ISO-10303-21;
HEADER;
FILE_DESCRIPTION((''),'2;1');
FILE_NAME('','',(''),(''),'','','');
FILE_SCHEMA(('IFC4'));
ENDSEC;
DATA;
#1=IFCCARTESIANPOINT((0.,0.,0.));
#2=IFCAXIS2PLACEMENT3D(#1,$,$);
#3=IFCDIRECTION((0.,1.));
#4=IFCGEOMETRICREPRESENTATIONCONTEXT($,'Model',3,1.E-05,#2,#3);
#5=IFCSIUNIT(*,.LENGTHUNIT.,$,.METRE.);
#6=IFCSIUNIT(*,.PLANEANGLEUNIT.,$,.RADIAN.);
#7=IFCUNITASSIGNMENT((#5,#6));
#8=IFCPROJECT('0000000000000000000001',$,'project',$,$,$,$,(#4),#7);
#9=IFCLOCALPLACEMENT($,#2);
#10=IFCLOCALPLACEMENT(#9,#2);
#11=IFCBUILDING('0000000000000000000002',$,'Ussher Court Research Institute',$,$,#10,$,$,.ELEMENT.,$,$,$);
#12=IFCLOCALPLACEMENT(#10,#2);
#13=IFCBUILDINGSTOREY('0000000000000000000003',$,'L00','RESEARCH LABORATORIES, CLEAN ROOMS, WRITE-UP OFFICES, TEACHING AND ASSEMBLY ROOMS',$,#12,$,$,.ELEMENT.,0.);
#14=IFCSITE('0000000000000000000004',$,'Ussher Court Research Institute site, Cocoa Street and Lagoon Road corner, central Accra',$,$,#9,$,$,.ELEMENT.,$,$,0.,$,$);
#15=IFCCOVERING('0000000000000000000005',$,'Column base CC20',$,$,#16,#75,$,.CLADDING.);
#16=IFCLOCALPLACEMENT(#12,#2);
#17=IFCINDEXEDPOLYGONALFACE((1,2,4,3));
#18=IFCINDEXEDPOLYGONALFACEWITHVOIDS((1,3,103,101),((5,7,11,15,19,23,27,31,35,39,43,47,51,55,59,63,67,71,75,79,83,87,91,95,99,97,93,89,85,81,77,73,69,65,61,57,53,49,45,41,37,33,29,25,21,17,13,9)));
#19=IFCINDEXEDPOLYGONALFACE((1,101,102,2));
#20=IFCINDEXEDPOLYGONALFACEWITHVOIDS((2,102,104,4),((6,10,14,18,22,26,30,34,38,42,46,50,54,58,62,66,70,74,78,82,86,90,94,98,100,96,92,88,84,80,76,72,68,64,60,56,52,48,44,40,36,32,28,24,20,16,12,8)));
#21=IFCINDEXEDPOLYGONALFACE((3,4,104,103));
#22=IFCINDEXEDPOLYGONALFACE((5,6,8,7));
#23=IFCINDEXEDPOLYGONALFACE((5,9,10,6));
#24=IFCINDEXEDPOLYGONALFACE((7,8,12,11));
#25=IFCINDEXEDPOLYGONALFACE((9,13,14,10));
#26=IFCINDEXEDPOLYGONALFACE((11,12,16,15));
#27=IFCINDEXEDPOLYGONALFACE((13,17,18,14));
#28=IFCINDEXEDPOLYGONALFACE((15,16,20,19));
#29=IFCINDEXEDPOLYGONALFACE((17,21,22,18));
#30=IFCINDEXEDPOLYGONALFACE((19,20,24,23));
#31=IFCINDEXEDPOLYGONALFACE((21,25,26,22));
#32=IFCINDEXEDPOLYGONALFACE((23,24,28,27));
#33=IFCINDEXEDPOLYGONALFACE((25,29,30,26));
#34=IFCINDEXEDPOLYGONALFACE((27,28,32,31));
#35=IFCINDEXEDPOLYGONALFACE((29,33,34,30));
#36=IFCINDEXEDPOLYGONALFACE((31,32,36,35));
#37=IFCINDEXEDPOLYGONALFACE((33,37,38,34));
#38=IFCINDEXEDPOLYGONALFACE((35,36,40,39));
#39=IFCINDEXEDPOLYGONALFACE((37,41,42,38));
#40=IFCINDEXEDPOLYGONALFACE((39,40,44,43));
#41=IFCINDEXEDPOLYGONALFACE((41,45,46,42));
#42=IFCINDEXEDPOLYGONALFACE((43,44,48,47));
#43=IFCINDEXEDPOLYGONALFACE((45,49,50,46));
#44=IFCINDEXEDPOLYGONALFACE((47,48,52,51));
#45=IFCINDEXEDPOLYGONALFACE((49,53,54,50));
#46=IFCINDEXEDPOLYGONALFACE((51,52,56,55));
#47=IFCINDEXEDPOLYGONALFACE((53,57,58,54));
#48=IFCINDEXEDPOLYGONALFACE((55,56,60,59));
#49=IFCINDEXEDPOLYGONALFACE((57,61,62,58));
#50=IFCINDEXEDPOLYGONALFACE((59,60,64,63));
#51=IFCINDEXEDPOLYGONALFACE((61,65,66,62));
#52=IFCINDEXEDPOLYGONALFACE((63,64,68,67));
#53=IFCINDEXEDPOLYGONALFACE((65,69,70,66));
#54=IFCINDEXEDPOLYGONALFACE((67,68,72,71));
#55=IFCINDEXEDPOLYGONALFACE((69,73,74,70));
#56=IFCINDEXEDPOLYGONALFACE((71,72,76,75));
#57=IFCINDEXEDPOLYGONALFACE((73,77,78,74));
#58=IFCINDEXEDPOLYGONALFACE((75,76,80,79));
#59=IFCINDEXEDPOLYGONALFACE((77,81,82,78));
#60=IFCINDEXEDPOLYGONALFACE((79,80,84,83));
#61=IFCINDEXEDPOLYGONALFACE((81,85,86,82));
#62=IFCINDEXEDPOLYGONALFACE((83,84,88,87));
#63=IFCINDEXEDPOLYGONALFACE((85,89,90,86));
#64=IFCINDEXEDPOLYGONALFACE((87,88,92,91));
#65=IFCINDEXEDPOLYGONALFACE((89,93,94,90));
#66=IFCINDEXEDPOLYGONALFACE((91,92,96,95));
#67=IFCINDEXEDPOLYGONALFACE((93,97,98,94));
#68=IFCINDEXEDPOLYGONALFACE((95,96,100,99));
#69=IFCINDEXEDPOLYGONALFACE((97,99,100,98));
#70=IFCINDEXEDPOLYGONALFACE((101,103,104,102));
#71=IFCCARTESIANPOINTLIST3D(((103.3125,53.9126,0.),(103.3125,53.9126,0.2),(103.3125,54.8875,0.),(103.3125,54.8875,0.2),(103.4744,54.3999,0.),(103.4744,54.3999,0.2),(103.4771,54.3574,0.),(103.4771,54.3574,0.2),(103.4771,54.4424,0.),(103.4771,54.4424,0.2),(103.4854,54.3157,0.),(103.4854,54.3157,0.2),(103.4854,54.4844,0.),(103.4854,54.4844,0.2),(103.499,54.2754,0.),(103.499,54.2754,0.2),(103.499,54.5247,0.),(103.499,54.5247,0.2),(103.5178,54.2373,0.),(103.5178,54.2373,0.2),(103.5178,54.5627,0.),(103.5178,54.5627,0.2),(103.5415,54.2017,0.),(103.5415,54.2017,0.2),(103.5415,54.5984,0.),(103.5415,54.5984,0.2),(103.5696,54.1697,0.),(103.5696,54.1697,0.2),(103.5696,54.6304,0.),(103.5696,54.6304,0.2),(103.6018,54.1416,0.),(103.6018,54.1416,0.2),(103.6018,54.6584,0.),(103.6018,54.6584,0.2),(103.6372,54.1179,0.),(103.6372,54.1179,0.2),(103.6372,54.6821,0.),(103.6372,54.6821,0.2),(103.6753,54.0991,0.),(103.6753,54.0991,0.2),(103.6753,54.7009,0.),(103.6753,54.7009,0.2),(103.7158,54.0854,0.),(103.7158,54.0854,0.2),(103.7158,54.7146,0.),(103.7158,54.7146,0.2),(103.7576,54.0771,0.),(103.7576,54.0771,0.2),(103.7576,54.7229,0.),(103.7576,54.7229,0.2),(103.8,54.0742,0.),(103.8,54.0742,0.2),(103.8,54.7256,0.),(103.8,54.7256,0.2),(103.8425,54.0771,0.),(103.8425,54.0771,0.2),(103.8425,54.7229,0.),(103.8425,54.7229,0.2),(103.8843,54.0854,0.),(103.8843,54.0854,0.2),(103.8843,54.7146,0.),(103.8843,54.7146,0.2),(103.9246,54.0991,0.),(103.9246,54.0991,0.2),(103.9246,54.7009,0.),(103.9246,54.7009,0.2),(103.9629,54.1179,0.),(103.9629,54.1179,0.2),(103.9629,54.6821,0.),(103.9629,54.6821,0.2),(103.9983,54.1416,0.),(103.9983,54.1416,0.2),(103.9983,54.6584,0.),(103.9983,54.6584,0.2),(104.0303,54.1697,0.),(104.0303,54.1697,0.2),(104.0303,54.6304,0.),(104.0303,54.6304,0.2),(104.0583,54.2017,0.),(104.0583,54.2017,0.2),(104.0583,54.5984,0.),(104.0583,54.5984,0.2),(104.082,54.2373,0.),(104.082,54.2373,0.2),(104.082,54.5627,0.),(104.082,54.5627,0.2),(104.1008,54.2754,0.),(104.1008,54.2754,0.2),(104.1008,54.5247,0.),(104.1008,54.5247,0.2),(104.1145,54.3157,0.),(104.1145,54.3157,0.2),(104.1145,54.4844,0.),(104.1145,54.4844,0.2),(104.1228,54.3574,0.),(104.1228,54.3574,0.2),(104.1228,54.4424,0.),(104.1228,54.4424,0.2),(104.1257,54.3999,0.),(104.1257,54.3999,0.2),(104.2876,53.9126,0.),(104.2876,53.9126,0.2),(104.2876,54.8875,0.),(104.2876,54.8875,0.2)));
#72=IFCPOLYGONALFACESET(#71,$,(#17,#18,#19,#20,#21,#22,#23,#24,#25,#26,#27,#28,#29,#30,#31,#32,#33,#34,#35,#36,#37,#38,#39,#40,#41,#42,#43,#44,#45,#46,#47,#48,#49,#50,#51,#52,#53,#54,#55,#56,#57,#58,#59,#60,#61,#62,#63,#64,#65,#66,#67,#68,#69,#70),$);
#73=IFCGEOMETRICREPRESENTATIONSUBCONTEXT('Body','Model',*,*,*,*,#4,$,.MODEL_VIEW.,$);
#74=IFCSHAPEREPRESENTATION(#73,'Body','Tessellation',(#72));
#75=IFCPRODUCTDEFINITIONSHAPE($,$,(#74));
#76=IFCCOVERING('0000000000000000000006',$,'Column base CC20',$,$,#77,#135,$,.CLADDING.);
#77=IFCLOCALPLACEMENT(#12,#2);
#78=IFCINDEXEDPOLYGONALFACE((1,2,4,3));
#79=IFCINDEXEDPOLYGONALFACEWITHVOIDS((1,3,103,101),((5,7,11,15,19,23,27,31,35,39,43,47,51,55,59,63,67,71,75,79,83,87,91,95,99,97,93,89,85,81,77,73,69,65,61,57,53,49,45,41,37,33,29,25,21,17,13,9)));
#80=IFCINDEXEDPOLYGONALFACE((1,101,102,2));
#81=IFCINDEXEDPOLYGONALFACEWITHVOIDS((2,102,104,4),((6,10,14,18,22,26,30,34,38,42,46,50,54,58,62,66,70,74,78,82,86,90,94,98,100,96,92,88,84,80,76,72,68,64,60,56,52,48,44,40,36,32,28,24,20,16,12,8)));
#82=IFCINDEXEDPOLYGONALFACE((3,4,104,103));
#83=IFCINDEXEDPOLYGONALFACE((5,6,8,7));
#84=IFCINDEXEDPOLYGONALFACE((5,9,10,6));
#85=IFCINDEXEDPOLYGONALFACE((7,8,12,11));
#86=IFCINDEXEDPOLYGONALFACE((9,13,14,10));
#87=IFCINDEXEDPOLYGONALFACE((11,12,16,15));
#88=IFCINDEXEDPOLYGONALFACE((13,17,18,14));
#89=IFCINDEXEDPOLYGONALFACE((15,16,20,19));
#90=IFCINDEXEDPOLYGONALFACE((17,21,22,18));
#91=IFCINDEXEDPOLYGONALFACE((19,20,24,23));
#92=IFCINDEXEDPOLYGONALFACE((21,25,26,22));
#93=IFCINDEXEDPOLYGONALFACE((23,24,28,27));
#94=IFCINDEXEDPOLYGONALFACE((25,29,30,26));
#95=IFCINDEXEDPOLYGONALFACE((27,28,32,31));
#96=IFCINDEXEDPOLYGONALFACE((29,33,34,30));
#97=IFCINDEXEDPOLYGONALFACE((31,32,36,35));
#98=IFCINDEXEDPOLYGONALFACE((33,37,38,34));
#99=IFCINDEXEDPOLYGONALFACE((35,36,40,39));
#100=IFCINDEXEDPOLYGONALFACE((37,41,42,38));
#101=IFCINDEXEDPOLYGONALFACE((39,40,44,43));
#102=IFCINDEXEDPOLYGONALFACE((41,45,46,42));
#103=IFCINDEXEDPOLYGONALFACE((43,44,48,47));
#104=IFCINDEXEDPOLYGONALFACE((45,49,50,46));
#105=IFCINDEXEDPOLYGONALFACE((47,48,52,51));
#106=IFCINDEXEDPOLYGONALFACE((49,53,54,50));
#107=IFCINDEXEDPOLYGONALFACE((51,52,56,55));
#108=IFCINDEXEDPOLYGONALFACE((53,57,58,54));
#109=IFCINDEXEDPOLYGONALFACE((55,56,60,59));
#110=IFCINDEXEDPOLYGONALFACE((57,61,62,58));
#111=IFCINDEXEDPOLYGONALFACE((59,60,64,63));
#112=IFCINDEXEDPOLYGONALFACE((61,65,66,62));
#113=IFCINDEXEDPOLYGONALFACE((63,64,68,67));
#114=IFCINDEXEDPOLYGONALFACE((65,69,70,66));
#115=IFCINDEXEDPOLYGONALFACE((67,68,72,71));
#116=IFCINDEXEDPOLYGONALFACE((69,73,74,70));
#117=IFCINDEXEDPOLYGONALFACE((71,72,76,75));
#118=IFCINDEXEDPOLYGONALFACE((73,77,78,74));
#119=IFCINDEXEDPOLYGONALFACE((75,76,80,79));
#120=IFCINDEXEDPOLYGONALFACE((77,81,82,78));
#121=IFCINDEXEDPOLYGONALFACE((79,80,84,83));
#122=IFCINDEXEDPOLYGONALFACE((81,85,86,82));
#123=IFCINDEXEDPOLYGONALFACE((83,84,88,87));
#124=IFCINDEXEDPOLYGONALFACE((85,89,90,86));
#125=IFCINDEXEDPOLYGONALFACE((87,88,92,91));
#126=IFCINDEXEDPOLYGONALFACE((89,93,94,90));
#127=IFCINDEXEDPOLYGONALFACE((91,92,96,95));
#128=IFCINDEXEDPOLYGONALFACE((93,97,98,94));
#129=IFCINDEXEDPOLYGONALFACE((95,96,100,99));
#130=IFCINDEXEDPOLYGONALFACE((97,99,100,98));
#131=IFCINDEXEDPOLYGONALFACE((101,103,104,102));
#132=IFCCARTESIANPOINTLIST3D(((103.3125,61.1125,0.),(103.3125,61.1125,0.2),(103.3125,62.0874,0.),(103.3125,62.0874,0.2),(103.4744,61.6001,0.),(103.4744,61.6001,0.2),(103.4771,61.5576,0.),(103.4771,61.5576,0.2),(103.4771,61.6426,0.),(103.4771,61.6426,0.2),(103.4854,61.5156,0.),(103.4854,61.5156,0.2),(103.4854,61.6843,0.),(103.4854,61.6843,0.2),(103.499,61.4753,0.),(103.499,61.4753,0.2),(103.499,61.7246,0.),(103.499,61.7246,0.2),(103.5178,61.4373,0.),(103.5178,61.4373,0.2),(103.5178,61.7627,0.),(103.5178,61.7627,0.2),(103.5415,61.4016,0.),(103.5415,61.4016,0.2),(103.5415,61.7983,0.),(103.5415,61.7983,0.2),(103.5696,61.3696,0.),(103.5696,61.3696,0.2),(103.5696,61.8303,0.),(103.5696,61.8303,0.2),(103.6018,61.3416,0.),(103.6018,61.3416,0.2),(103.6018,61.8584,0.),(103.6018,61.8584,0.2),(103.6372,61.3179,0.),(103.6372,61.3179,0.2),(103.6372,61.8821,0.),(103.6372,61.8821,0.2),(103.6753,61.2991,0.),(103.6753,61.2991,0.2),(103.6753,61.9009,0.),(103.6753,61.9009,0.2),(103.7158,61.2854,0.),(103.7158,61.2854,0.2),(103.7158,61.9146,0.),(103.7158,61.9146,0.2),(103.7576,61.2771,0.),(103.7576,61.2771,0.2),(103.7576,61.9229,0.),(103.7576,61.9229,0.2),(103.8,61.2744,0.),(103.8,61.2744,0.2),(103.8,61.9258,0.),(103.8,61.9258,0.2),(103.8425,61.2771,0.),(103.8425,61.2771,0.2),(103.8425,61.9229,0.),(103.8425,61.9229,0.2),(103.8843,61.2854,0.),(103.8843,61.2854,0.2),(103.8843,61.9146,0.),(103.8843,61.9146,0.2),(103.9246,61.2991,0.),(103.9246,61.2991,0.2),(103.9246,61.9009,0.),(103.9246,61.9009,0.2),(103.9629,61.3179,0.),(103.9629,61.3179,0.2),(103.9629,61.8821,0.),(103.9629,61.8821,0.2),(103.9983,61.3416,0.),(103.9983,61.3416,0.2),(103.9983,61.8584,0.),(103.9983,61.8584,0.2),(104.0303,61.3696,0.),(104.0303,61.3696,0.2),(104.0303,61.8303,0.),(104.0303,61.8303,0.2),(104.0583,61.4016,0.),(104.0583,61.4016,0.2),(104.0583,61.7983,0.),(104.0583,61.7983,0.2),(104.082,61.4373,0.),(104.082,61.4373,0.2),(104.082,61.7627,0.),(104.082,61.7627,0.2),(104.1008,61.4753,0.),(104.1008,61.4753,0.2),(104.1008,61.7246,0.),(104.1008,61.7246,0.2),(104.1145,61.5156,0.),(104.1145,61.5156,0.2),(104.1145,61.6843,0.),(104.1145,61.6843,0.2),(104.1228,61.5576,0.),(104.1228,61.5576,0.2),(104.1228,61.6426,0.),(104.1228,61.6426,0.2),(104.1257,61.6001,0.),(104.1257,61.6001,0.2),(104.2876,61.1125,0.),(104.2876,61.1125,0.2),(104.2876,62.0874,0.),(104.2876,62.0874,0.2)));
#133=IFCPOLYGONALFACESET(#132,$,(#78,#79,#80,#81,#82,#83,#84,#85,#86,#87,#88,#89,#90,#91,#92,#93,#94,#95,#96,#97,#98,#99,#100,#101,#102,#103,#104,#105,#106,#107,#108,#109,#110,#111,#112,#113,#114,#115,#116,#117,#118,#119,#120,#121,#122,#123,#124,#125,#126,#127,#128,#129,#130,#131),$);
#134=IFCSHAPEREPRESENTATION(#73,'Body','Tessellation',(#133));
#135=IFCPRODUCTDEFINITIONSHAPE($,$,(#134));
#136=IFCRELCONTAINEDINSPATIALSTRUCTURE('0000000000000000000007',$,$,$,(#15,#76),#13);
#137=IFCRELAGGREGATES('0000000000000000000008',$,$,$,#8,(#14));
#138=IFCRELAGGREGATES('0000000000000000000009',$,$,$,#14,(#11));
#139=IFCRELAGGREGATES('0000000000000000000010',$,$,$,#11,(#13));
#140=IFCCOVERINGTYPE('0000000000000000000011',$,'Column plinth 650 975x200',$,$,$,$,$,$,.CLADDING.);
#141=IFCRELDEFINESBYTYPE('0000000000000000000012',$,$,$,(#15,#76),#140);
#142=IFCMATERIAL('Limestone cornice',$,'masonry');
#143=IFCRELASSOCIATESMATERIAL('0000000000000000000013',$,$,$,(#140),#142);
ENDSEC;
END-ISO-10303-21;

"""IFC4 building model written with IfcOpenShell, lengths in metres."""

from ifc_helpers import new_model, si_unit, direction, origin, place, context, subcontext, project, spatial, polyline, outline, extrude, material, type_object, element, save


model = new_model("IFC4")

# Units and contexts
model_context = context("Model", 3, precision=1e-05, world=origin(), true_north=direction((0.0, 1.0)))
body_context = subcontext(model_context, "Body", "Model", "MODEL_VIEW")
ifc_project = project(units=[si_unit("LENGTHUNIT", "METRE"), si_unit("PLANEANGLEUNIT", "RADIAN")], contexts=[model_context])

# Site, building, storey
site_placement = place(None, origin())
site = spatial("IfcSite", under=ifc_project, at=site_placement, Name="Ussher Court Research Institute site, Cocoa Street and Lagoon Road corner, central Accra", CompositionType="ELEMENT", RefElevation=0.0)
building_placement = place(site_placement, origin())
building = spatial("IfcBuilding", under=site, at=building_placement, Name="Ussher Court Research Institute", CompositionType="ELEMENT")
storey_placement = place(building_placement, origin())
storey = spatial("IfcBuildingStorey", under=building, at=storey_placement, Name="L00", Description="RESEARCH LABORATORIES, CLEAN ROOMS, WRITE-UP OFFICES, TEACHING AND ASSEMBLY ROOMS", CompositionType="ELEMENT", Elevation=0.0)

# Coverings
ifc_material_1 = material(Name="Limestone cornice", Category="masonry")
covering_type_1 = type_object("IfcCoveringType", Name="Column plinth 650 975x200", PredefinedType="CLADDING", material=ifc_material_1)
covering_1_placement = place(storey_placement, origin())
element("IfcCovering", 1, at=covering_1_placement, inside=storey, type_object=covering_type_1, Name="Column base CC20", PredefinedType="CLADDING", context=body_context, shape_type="SweptSolid", body=[
    extrude(outline(polyline([(104.2876, 53.9126), (104.2876, 54.8875), (103.3125, 54.8875), (103.3125, 53.9126), (104.2876, 53.9126)]), holes=[polyline([(104.1257, 54.3999), (104.1228, 54.4424), (104.1145, 54.4844), (104.1008, 54.5247), (104.082, 54.5627), (104.0583, 54.5984), (104.0303, 54.6304), (103.9983, 54.6584), (103.9629, 54.6821), (103.9246, 54.7009), (103.8843, 54.7146), (103.8425, 54.7229), (103.8, 54.7256), (103.7576, 54.7229), (103.7158, 54.7146), (103.6753, 54.7009), (103.6372, 54.6821), (103.6018, 54.6584), (103.5696, 54.6304), (103.5415, 54.5984), (103.5178, 54.5627), (103.499, 54.5247), (103.4854, 54.4844), (103.4771, 54.4424), (103.4744, 54.3999), (103.4771, 54.3574), (103.4854, 54.3157), (103.499, 54.2754), (103.5178, 54.2373), (103.5415, 54.2017), (103.5696, 54.1697), (103.6018, 54.1416), (103.6372, 54.1179), (103.6753, 54.0991), (103.7158, 54.0854), (103.7576, 54.0771), (103.8, 54.0742), (103.8425, 54.0771), (103.8843, 54.0854), (103.9246, 54.0991), (103.9629, 54.1179), (103.9983, 54.1416), (104.0303, 54.1697), (104.0583, 54.2017), (104.082, 54.2373), (104.1008, 54.2754), (104.1145, 54.3157), (104.1228, 54.3574), (104.1257, 54.3999)])]), origin(), (0.0, 0.0, 1.0), 0.2),
])
covering_2_placement = place(storey_placement, origin())
element("IfcCovering", 2, at=covering_2_placement, inside=storey, type_object=covering_type_1, Name="Column base CC20", PredefinedType="CLADDING", context=body_context, shape_type="SweptSolid", body=[
    extrude(outline(polyline([(104.2876, 61.1125), (104.2876, 62.0874), (103.3125, 62.0874), (103.3125, 61.1125), (104.2876, 61.1125)]), holes=[polyline([(104.1257, 61.6001), (104.1228, 61.6426), (104.1145, 61.6843), (104.1008, 61.7246), (104.082, 61.7627), (104.0583, 61.7983), (104.0303, 61.8303), (103.9983, 61.8584), (103.9629, 61.8821), (103.9246, 61.9009), (103.8843, 61.9146), (103.8425, 61.9229), (103.8, 61.9258), (103.7576, 61.9229), (103.7158, 61.9146), (103.6753, 61.9009), (103.6372, 61.8821), (103.6018, 61.8584), (103.5696, 61.8303), (103.5415, 61.7983), (103.5178, 61.7627), (103.499, 61.7246), (103.4854, 61.6843), (103.4771, 61.6426), (103.4744, 61.6001), (103.4771, 61.5576), (103.4854, 61.5156), (103.499, 61.4753), (103.5178, 61.4373), (103.5415, 61.4016), (103.5696, 61.3696), (103.6018, 61.3416), (103.6372, 61.3179), (103.6753, 61.2991), (103.7158, 61.2854), (103.7576, 61.2771), (103.8, 61.2744), (103.8425, 61.2771), (103.8843, 61.2854), (103.9246, 61.2991), (103.9629, 61.3179), (103.9983, 61.3416), (104.0303, 61.3696), (104.0583, 61.4016), (104.082, 61.4373), (104.1008, 61.4753), (104.1145, 61.5156), (104.1228, 61.5576), (104.1257, 61.6001)])]), origin(), (0.0, 0.0, 1.0), 0.2),
])

save(model, "model.ifc")
